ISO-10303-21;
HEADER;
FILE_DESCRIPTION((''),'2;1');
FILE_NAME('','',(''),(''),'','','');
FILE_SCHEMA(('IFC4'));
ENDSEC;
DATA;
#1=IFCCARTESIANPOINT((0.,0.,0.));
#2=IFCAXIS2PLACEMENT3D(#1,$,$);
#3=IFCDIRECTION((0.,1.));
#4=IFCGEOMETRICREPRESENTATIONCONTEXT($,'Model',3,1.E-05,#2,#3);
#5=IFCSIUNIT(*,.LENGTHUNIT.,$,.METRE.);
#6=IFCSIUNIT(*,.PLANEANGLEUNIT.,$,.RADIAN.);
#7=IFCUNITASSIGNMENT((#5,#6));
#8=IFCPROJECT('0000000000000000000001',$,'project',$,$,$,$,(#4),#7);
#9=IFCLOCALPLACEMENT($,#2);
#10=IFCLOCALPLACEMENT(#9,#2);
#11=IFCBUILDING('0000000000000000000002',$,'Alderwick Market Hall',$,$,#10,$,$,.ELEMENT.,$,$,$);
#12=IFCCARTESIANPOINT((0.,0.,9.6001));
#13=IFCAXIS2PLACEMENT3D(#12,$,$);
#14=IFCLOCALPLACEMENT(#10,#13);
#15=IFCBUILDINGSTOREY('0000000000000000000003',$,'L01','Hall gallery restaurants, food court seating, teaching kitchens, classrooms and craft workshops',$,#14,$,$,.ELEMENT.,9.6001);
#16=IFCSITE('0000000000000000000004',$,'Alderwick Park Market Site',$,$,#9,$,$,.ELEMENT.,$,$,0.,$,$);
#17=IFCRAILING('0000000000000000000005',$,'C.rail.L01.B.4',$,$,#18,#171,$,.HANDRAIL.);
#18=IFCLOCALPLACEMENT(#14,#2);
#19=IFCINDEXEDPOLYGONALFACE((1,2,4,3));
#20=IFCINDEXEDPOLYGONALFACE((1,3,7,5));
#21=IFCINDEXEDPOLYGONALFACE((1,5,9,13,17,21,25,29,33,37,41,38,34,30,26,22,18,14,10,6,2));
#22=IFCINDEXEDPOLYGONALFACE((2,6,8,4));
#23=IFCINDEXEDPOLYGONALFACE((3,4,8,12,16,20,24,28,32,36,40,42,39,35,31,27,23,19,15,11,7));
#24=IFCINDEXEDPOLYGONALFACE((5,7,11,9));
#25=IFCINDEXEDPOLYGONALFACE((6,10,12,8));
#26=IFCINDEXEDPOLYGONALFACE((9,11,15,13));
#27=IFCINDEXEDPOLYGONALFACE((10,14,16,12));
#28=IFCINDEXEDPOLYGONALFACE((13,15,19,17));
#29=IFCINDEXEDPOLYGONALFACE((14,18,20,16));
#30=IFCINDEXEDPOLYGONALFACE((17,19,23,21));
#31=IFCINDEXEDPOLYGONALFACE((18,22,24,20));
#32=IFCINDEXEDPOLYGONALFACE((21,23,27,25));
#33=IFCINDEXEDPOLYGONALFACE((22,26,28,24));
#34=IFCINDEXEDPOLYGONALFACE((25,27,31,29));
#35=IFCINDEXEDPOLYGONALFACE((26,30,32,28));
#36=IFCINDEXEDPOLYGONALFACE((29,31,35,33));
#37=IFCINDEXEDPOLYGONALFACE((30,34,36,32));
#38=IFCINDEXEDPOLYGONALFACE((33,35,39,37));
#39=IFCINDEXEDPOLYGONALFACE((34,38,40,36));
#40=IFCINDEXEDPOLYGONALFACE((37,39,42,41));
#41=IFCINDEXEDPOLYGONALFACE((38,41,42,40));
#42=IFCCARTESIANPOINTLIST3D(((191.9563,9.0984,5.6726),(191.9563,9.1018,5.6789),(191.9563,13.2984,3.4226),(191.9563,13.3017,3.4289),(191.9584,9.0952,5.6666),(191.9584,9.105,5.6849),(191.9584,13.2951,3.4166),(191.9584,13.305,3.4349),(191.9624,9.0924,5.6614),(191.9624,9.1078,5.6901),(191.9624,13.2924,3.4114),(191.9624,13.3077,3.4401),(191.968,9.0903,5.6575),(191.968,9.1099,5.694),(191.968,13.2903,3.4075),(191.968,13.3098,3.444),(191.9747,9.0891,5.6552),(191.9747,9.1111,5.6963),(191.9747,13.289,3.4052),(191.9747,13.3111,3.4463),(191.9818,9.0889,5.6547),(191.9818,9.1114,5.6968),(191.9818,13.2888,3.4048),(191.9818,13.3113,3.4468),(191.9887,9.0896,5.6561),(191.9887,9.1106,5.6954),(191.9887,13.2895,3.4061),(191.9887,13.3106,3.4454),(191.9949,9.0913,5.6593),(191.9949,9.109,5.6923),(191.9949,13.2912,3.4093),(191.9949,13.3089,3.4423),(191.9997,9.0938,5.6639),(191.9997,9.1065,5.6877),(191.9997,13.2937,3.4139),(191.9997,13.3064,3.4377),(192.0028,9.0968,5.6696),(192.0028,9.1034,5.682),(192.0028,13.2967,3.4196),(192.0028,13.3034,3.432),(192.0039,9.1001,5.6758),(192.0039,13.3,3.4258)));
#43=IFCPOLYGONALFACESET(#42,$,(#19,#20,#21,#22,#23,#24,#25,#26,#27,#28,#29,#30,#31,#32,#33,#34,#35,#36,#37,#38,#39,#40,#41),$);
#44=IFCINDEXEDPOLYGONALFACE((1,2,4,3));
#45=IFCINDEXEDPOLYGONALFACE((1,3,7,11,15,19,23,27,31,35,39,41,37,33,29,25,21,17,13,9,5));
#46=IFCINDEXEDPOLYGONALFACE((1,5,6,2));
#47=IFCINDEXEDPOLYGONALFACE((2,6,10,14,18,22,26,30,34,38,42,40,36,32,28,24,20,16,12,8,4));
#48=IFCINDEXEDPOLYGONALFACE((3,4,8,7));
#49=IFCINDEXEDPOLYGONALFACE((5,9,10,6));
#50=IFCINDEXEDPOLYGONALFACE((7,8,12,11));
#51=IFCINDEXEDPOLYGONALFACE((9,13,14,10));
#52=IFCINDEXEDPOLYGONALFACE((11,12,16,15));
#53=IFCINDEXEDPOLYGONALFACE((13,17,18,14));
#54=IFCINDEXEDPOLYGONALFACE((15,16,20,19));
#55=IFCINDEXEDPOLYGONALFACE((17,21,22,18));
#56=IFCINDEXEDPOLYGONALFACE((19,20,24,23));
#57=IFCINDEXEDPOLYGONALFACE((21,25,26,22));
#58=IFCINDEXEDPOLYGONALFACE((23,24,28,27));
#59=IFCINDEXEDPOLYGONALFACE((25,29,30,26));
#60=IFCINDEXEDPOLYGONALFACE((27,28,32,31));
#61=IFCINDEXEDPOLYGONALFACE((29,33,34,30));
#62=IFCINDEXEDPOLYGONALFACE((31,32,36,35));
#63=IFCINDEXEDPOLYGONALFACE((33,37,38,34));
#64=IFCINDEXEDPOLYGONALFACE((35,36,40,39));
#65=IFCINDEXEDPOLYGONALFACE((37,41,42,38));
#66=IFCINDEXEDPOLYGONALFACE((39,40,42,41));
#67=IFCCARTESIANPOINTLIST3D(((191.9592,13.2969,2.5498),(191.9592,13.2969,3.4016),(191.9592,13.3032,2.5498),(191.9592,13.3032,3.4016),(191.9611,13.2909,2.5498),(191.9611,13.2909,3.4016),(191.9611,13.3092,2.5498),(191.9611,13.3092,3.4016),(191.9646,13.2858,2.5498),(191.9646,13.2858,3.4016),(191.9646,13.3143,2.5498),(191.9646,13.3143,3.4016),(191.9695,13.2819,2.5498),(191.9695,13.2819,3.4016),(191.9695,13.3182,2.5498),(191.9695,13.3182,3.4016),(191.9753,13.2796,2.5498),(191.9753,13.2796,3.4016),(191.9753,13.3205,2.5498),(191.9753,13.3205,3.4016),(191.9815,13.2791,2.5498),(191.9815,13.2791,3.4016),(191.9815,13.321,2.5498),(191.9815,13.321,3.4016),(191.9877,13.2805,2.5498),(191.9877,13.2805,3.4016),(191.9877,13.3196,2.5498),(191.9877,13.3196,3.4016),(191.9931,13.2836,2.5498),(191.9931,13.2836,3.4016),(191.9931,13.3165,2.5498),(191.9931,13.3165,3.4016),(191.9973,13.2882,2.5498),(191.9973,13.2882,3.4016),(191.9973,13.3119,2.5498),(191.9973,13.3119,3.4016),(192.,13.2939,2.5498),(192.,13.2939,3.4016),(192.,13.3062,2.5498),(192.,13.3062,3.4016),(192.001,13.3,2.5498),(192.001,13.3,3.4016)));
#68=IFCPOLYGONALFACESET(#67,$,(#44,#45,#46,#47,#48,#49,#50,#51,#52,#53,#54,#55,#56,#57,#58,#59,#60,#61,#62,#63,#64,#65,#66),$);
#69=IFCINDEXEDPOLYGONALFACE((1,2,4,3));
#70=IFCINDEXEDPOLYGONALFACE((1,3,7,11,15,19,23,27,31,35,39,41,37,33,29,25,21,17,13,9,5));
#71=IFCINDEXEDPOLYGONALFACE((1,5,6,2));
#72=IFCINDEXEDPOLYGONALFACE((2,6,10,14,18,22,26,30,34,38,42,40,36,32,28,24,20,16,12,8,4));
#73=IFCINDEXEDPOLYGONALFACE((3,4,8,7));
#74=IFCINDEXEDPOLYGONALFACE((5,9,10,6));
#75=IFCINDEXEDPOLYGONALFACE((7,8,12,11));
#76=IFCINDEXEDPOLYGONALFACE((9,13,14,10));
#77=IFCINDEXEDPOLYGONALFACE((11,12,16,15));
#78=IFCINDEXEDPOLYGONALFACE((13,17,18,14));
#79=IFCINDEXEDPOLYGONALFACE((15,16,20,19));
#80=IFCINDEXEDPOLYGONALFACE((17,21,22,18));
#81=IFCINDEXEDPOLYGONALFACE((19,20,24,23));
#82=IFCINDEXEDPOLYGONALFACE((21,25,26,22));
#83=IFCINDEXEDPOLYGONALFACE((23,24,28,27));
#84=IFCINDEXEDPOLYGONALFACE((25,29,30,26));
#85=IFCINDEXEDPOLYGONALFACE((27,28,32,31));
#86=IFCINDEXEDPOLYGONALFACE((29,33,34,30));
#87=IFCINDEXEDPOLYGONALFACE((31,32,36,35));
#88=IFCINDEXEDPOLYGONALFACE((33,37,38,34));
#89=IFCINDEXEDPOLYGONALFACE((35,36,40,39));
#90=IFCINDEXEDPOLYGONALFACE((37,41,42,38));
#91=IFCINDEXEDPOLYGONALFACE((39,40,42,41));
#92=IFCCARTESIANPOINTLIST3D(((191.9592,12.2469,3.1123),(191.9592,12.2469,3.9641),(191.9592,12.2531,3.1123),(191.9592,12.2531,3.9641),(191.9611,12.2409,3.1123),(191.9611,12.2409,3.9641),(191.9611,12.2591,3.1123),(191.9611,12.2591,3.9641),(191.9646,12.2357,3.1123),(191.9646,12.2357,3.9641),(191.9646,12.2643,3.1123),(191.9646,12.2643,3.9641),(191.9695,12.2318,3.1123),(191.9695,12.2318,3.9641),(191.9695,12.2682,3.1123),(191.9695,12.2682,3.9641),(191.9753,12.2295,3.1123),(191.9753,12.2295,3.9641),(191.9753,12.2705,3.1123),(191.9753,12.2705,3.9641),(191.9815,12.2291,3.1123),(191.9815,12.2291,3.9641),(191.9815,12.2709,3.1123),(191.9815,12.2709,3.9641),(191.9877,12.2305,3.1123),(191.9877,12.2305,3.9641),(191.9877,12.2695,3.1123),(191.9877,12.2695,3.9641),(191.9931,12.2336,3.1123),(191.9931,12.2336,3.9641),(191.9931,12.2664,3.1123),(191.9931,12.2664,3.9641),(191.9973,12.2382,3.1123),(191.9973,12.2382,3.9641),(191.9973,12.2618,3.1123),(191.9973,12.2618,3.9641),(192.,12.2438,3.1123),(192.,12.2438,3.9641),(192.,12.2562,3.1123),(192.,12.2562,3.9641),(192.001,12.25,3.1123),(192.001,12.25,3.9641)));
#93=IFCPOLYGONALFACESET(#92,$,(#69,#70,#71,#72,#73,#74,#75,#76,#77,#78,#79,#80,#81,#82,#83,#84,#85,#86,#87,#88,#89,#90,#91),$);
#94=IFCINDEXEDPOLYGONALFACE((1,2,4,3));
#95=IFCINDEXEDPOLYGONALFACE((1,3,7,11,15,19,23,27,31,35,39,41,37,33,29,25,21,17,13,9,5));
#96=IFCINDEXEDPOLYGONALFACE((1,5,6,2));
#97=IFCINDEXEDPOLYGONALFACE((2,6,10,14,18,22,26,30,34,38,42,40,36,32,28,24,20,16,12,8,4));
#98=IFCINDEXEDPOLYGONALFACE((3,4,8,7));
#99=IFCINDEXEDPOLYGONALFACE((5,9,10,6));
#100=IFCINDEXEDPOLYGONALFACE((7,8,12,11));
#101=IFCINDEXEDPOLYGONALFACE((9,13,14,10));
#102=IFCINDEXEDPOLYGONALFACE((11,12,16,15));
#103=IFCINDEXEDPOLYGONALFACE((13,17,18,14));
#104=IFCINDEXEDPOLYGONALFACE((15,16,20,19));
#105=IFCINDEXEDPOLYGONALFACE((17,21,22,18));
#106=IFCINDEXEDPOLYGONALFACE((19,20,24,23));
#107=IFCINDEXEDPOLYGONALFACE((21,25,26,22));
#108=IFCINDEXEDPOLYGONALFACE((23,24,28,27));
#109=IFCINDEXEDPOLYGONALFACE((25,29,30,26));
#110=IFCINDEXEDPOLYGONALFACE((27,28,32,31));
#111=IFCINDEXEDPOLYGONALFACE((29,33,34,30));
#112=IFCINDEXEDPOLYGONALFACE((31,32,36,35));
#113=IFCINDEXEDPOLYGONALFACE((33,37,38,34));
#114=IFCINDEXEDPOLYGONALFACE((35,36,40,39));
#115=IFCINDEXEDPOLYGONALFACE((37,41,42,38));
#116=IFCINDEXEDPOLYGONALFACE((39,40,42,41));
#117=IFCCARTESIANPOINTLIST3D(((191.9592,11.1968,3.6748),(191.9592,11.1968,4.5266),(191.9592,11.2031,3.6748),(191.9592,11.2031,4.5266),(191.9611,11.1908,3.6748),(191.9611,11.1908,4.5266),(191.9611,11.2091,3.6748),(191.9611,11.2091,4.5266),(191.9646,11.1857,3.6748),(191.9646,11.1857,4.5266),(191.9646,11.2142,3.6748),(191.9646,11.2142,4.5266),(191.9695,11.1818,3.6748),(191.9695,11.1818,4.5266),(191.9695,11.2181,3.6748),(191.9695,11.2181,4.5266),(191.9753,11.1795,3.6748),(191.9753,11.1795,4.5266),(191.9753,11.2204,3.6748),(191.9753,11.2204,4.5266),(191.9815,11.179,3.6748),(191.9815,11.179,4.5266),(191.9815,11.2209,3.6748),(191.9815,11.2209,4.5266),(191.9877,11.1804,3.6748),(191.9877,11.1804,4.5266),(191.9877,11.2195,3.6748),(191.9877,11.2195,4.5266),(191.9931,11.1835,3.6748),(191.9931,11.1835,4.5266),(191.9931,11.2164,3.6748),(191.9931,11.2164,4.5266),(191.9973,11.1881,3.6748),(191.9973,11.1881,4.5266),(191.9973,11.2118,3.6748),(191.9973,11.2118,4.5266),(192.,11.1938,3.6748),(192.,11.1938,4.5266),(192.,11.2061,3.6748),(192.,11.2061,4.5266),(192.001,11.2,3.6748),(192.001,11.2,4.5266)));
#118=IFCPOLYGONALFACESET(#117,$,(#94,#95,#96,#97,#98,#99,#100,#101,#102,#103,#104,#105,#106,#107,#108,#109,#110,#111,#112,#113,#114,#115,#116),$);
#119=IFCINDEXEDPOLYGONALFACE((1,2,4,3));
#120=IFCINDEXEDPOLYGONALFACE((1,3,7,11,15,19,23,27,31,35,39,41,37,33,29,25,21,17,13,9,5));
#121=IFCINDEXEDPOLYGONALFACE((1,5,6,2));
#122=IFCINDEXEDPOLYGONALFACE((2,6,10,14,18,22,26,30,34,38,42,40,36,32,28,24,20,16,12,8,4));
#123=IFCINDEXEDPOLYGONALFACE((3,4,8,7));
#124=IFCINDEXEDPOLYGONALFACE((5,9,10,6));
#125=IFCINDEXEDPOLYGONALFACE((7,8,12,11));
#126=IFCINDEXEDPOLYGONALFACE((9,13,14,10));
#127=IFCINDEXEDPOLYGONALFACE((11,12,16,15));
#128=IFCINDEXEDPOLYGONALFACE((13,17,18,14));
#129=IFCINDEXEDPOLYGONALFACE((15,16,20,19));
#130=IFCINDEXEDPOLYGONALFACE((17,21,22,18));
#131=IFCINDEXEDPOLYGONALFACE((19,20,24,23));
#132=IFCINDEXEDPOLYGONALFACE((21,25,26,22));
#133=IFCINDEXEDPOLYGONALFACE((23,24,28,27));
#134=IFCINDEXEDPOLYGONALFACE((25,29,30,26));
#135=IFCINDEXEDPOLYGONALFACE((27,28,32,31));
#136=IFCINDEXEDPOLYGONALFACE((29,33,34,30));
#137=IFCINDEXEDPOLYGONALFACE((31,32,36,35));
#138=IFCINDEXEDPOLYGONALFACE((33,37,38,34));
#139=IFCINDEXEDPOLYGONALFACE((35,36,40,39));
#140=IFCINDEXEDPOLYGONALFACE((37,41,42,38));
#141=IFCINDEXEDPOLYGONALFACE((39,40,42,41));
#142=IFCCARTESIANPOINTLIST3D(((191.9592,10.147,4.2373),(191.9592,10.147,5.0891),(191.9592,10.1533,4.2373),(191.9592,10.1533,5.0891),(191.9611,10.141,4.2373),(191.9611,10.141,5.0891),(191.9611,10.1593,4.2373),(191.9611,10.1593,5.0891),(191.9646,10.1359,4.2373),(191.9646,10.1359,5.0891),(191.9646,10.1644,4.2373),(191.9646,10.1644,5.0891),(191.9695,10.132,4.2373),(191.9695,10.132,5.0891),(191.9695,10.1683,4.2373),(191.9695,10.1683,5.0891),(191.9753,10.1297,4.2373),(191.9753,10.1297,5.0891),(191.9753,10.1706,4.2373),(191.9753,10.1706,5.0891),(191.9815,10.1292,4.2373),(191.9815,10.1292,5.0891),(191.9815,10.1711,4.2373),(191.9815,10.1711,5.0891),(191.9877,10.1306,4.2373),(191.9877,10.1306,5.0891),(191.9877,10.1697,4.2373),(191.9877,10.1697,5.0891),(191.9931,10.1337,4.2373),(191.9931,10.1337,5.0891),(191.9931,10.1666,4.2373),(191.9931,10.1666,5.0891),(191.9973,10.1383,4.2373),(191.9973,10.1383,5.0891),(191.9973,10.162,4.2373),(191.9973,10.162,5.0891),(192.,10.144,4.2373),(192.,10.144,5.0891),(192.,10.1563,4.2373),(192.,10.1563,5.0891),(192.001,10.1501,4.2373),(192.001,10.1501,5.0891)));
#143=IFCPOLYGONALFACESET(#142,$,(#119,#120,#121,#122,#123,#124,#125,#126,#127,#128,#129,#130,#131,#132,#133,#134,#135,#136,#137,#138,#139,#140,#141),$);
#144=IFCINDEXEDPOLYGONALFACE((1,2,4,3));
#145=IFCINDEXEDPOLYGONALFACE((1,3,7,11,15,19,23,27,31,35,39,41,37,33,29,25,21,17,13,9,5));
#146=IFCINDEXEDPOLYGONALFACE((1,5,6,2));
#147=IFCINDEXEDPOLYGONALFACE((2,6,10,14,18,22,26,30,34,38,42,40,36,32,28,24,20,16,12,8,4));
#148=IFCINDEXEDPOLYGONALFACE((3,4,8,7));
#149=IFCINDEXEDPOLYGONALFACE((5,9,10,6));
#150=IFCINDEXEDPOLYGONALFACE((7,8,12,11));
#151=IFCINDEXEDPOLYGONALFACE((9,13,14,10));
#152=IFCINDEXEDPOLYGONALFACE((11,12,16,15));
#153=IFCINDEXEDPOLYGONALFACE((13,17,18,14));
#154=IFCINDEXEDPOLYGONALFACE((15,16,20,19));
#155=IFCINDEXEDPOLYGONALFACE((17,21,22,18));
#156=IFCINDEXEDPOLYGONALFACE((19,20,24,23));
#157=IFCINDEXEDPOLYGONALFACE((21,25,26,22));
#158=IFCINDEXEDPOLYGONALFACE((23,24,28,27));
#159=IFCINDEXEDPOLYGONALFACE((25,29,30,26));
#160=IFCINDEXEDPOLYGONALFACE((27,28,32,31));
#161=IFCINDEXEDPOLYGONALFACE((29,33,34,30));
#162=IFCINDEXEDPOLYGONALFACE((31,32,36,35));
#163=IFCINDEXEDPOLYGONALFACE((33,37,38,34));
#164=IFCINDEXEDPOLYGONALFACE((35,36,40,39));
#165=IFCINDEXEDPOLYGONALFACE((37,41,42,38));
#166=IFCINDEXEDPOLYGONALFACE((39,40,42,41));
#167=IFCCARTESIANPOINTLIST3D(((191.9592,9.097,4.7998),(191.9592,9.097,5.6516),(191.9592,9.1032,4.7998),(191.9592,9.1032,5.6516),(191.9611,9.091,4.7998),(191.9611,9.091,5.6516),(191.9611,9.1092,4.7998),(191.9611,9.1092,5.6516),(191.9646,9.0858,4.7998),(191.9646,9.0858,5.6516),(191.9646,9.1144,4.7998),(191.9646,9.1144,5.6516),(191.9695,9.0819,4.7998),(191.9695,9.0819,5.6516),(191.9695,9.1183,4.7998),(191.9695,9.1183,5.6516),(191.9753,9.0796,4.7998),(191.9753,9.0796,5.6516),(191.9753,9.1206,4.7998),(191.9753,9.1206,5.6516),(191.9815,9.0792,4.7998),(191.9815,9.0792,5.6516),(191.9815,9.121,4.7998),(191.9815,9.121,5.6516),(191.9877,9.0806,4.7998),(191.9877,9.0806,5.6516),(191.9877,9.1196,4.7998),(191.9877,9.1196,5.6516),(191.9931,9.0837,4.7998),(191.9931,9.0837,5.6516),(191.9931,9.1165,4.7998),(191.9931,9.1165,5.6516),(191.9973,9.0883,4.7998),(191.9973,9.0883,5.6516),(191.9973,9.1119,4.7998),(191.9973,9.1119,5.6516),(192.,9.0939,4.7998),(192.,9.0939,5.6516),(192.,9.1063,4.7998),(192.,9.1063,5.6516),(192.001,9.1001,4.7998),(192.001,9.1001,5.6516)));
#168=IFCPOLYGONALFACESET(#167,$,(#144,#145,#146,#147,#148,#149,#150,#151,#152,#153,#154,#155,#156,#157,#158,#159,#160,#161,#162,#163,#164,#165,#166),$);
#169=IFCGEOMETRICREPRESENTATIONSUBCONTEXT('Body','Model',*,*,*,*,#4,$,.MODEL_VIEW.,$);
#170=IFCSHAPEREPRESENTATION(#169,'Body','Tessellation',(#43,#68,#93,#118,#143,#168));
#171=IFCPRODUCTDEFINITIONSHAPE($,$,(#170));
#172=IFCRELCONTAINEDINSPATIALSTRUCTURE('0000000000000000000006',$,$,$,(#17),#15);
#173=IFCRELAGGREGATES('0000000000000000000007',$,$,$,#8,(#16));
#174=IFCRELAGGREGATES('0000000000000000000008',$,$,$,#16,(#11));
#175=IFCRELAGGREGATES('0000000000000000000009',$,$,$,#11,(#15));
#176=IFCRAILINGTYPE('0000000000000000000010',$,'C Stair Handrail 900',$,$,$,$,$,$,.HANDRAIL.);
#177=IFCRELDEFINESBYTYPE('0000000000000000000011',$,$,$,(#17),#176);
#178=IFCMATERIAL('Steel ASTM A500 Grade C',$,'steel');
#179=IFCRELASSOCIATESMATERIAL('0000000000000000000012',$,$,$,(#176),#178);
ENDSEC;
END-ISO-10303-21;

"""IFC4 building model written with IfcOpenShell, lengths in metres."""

from ifc_helpers import new_model, si_unit, direction, frame, origin, origin_2d, place, context, subcontext, project, spatial, circle, extrude, material, type_object, element, save


model = new_model("IFC4")

# Units and contexts
model_context = context("Model", 3, precision=1e-05, world=origin(), true_north=direction((0.0, 1.0)))
body_context = subcontext(model_context, "Body", "Model", "MODEL_VIEW")
ifc_project = project(units=[si_unit("LENGTHUNIT", "METRE"), si_unit("PLANEANGLEUNIT", "RADIAN")], contexts=[model_context])

# Site, building, storey
site_placement = place(None, origin())
site = spatial("IfcSite", under=ifc_project, at=site_placement, Name="Alderwick Park Market Site", CompositionType="ELEMENT", RefElevation=0.0)
building_placement = place(site_placement, origin())
building = spatial("IfcBuilding", under=site, at=building_placement, Name="Alderwick Market Hall", CompositionType="ELEMENT")
storey_placement = place(building_placement, frame((0.0, 0.0, 9.6001)))
storey = spatial("IfcBuildingStorey", under=building, at=storey_placement, Name="L01", Description="Hall gallery restaurants, food court seating, teaching kitchens, classrooms and craft workshops", CompositionType="ELEMENT", Elevation=9.6001)

# Railing
ifc_material_1 = material(Name="Steel ASTM A500 Grade C", Category="steel")
railing_type = type_object("IfcRailingType", Name="C Stair Handrail 900", PredefinedType="HANDRAIL", material=ifc_material_1)
for number, where, name in (
    (1, (191.98, 13.3, 2.5498), "C.rail.L01.B.4"),
):
    element("IfcRailing", number, at=place(storey_placement, frame(where)), inside=storey, type_object=railing_type, Name=name, PredefinedType="HANDRAIL", context=body_context, shape_type="SweptSolid", body=[
        extrude(circle(Radius=0.0239, at=origin_2d()), frame((0.0, 0.0, 0.876), z_axis=(0.0, -0.881478, 0.472226), x_axis=(1.0, 0.0, 0.0)), (0.0, 0.0, 1.0), 4.7646),
        extrude(circle(Radius=0.021, at=origin_2d()), origin(), (0.0, 0.0, 1.0), 0.8518),
        extrude(circle(Radius=0.021, at=origin_2d()), frame((0.0, -1.05, 0.5625)), (0.0, 0.0, 1.0), 0.8518),
        extrude(circle(Radius=0.021, at=origin_2d()), frame((0.0, -2.1001, 1.125)), (0.0, 0.0, 1.0), 0.8518),
        extrude(circle(Radius=0.021, at=origin_2d()), frame((0.0, -3.1499, 1.6875)), (0.0, 0.0, 1.0), 0.8518),
        extrude(circle(Radius=0.021, at=origin_2d()), frame((0.0, -4.2, 2.25)), (0.0, 0.0, 1.0), 0.8518),
    ])

save(model, "model.ifc")
